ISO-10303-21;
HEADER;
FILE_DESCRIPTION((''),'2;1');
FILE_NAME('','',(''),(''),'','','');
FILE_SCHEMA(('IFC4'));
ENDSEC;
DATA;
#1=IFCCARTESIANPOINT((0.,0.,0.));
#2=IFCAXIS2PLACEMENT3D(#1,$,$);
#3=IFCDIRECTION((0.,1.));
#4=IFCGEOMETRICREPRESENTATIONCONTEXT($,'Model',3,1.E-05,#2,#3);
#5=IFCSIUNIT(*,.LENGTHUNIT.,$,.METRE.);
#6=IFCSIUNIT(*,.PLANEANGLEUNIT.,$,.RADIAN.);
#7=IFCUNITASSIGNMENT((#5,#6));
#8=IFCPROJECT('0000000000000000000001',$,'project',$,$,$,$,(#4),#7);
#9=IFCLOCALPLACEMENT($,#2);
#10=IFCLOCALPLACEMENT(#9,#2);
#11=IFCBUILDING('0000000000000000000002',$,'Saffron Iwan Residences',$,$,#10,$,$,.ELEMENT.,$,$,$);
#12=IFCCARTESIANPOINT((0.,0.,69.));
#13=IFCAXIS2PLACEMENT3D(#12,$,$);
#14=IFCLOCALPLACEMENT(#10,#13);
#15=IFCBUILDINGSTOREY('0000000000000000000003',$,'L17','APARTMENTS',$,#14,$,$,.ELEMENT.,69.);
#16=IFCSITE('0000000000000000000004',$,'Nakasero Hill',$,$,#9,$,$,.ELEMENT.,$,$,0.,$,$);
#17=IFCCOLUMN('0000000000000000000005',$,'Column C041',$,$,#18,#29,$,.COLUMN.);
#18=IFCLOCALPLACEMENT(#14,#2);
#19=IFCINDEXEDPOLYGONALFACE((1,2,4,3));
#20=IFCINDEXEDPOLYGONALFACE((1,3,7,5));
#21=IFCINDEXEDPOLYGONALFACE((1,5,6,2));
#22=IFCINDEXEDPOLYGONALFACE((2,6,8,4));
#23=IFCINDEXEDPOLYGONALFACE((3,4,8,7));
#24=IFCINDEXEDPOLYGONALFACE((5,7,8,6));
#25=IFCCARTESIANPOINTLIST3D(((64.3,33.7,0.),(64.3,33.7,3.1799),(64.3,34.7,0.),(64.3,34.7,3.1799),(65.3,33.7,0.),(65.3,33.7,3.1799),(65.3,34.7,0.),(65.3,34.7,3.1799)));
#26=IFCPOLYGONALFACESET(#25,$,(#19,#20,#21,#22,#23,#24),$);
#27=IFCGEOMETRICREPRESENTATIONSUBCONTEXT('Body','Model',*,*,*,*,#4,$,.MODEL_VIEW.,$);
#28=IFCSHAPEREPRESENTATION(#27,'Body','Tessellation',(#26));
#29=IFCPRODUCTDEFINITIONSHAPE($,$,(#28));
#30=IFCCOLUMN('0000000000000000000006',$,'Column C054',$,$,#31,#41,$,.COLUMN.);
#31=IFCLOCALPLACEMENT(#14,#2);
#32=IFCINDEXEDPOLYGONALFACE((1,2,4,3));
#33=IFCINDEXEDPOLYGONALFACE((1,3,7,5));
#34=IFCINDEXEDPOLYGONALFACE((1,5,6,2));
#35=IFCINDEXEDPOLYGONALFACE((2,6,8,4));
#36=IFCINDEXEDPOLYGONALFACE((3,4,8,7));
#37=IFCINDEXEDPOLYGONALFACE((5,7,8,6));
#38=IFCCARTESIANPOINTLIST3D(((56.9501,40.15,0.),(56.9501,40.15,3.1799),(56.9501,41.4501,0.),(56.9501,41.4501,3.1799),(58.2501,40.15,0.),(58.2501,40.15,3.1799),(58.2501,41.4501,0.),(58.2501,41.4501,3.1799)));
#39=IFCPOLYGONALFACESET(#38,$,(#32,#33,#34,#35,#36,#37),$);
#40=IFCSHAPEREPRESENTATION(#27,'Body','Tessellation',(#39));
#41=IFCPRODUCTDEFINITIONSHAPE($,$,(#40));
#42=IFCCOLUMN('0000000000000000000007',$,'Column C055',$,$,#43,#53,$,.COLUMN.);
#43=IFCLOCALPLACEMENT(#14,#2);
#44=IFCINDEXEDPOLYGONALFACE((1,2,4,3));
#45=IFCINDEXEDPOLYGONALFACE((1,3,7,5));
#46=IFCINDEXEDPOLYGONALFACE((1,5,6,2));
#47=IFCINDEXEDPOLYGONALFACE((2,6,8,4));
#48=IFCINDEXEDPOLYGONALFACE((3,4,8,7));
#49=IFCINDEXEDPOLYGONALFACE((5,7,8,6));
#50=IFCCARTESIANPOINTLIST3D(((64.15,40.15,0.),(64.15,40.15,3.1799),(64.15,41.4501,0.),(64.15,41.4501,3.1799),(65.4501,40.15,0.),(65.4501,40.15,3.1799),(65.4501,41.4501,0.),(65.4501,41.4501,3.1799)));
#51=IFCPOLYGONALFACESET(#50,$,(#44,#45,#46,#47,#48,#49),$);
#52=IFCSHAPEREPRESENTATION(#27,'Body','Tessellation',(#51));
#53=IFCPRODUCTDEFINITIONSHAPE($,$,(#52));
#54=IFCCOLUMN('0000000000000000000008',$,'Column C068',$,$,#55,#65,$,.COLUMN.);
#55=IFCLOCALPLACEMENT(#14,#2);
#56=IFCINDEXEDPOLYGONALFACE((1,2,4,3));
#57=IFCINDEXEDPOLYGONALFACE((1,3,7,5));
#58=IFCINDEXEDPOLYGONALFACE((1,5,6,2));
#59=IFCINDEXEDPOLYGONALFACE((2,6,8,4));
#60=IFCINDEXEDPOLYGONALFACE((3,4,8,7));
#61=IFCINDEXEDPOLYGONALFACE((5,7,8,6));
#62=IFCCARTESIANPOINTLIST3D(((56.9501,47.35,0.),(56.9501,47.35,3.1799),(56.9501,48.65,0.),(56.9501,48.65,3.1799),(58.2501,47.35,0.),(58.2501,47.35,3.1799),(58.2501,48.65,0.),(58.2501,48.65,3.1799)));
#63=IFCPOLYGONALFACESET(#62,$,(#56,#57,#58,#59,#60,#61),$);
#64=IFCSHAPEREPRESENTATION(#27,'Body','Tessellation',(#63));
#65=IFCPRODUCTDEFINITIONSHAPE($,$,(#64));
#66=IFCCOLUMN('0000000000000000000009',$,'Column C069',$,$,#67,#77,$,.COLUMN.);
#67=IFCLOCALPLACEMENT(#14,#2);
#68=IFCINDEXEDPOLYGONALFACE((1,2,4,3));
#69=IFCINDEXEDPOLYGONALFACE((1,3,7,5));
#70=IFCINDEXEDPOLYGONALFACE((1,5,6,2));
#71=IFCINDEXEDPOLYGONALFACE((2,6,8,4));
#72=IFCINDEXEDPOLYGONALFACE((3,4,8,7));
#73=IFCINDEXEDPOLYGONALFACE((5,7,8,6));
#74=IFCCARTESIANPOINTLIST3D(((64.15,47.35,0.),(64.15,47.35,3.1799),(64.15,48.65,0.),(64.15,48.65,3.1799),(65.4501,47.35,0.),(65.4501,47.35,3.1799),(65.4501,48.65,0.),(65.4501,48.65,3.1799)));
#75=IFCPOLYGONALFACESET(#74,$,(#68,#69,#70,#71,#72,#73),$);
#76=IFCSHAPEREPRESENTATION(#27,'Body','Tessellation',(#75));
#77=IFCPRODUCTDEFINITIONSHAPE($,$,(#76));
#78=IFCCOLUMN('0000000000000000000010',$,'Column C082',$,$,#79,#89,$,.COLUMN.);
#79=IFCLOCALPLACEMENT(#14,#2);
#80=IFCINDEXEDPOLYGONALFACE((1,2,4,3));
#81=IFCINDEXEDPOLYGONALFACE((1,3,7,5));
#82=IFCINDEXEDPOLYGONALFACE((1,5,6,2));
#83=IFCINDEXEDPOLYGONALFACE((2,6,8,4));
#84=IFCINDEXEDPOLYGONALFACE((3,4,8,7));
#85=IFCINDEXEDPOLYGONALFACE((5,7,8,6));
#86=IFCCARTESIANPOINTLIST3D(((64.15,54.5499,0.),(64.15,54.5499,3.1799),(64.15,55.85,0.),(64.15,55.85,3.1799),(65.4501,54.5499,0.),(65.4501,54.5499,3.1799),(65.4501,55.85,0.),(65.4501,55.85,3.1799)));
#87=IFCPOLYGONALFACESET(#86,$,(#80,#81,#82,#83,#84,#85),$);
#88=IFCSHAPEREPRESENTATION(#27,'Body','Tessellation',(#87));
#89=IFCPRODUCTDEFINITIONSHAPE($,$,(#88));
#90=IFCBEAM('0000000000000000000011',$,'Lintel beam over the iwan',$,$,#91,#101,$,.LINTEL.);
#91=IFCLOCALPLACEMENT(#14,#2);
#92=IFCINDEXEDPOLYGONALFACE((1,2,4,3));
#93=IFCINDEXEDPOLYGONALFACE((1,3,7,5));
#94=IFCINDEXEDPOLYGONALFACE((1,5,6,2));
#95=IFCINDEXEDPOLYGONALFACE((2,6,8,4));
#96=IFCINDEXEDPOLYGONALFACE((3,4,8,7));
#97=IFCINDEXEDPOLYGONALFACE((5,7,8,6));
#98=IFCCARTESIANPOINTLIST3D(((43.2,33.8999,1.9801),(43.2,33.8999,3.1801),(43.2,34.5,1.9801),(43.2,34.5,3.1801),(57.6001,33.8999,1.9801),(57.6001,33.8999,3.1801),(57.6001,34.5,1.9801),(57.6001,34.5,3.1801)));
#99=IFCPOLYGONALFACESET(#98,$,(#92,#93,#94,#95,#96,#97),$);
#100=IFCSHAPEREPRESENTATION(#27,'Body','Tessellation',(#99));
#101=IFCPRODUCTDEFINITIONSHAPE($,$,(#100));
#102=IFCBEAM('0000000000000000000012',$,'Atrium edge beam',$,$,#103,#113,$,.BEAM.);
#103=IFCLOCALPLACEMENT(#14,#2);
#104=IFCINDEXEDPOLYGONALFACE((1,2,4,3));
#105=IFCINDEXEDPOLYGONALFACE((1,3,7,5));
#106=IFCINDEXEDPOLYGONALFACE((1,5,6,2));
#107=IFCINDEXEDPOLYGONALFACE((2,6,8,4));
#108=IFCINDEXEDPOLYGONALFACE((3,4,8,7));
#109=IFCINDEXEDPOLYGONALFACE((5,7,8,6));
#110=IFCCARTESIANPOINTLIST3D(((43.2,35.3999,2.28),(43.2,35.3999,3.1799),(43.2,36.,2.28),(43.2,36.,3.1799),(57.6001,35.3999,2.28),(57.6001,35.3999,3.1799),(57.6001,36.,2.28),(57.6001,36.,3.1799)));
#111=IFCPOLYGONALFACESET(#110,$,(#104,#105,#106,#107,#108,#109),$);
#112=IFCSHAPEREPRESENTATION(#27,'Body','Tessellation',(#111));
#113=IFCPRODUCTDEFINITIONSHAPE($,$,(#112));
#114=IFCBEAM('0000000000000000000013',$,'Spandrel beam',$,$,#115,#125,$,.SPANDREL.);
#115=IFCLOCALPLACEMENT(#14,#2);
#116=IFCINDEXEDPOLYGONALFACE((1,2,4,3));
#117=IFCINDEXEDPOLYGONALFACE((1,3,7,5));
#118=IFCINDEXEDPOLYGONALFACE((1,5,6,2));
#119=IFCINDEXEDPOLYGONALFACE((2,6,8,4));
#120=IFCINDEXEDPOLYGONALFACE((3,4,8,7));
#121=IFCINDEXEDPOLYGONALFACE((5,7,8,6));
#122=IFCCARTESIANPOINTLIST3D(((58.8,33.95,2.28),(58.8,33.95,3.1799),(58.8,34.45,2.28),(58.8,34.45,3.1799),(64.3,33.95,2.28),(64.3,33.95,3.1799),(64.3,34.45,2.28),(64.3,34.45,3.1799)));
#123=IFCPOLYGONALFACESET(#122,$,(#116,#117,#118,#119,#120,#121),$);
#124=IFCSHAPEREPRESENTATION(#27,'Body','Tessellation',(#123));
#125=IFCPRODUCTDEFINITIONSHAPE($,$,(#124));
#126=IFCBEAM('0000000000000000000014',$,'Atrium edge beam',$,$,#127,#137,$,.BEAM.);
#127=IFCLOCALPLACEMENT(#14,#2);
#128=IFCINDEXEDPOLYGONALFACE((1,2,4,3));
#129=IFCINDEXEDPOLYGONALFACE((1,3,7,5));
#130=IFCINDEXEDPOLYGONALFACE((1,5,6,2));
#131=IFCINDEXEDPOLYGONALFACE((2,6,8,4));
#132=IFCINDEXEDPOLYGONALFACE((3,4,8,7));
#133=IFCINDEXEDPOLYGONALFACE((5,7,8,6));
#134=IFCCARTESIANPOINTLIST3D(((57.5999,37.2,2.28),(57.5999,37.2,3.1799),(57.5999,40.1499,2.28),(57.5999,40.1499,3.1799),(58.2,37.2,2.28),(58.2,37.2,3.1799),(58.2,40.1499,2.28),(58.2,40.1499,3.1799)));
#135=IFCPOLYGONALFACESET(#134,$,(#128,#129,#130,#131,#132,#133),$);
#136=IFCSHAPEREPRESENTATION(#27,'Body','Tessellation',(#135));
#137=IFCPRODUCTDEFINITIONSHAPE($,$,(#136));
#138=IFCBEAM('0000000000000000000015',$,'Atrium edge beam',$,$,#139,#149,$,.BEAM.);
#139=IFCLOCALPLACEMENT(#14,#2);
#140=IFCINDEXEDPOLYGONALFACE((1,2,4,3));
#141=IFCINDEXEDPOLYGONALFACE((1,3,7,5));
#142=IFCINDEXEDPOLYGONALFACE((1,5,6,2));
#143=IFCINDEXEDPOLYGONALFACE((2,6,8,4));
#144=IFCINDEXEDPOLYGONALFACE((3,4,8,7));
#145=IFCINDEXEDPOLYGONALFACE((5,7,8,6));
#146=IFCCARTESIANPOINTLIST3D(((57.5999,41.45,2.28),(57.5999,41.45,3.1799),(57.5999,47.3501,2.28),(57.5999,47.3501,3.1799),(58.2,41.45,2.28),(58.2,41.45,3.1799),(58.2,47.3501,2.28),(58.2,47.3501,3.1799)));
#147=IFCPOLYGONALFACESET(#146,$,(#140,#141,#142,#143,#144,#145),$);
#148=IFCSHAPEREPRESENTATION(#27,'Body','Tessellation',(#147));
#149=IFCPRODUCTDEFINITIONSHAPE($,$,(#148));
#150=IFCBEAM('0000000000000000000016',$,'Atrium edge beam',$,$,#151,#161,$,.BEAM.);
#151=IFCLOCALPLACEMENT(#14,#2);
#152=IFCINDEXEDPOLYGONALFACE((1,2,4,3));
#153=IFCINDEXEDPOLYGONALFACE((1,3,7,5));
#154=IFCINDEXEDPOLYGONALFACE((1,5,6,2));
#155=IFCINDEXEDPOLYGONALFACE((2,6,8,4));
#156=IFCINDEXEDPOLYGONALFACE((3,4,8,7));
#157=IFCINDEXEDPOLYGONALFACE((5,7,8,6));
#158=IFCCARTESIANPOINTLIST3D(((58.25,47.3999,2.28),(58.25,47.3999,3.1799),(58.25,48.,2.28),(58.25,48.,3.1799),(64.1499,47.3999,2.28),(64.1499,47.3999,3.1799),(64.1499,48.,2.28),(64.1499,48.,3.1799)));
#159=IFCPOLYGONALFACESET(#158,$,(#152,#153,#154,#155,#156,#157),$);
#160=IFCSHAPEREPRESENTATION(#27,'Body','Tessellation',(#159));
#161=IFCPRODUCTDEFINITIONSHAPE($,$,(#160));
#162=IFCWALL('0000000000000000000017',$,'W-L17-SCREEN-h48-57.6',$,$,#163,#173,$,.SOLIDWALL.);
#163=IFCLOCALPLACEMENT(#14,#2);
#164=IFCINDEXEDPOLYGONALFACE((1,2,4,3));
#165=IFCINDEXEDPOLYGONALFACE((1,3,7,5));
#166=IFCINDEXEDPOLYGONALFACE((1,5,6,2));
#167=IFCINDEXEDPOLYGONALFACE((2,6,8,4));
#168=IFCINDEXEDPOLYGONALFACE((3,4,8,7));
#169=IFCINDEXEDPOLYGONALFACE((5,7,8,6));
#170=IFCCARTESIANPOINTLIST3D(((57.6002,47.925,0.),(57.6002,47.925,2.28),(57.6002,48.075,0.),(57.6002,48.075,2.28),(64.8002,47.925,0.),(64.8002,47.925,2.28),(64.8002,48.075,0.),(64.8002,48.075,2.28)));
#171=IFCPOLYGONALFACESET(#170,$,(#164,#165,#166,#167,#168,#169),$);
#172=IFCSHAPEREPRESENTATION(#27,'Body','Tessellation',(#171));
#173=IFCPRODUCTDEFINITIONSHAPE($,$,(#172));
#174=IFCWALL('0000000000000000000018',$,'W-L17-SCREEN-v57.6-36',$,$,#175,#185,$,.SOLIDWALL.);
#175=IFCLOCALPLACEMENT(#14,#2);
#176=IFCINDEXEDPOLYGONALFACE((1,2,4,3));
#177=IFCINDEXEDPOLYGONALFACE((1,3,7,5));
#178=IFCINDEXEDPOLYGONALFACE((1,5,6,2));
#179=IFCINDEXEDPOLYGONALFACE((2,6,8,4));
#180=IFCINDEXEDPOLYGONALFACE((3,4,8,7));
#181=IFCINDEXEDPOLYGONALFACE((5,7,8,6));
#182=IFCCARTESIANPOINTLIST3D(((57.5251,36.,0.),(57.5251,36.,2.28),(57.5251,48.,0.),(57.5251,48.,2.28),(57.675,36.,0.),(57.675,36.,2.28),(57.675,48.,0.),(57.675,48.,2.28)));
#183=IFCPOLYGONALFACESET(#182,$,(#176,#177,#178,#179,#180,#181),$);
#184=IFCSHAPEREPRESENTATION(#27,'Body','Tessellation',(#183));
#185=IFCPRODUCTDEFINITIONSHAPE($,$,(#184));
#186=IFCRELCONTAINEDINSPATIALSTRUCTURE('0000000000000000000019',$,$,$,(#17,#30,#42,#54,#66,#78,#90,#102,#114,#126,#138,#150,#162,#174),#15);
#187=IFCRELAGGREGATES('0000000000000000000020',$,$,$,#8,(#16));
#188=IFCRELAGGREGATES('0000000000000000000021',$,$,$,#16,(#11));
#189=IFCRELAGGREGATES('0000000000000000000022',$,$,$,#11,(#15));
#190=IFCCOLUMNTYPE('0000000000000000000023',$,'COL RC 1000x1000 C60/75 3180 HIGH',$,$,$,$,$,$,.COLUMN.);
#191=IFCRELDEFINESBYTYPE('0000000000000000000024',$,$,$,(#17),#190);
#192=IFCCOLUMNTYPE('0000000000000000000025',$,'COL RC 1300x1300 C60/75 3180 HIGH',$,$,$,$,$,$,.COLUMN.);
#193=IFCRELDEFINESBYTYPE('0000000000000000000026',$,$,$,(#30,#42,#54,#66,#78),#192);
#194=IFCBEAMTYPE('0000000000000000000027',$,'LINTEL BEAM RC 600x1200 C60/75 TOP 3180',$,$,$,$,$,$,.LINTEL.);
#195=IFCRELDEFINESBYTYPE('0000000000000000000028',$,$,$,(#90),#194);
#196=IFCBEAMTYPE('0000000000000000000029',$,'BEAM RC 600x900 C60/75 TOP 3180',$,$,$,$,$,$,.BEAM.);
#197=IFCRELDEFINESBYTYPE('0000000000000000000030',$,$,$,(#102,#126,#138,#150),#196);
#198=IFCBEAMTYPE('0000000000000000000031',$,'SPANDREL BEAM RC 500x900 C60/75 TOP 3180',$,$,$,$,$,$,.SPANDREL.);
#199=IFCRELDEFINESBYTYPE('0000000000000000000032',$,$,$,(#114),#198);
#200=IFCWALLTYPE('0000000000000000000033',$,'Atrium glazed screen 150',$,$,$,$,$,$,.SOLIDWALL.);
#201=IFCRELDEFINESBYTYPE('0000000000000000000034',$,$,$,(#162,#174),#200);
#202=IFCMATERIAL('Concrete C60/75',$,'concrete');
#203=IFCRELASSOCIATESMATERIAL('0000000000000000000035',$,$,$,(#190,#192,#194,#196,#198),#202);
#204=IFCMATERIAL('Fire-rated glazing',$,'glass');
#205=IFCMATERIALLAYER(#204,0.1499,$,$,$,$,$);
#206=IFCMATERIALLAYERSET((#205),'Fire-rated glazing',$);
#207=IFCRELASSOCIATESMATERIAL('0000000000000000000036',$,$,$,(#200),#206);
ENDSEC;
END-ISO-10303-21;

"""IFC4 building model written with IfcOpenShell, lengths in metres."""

from ifc_helpers import new_model, si_unit, direction, frame, frame_2d, origin, origin_2d, place, context, subcontext, project, spatial, rectangle, extrude, source, transform, mapped, material, layer, layer_set, material_profile, profile_set, type_object, element, save


model = new_model("IFC4")

# Units and contexts
model_context = context("Model", 3, precision=1e-05, world=origin(), true_north=direction((0.0, 1.0)))
body_context = subcontext(model_context, "Body", "Model", "MODEL_VIEW")
ifc_project = project(units=[si_unit("LENGTHUNIT", "METRE"), si_unit("PLANEANGLEUNIT", "RADIAN")], contexts=[model_context])

# Site, building, storey
site_placement = place(None, origin())
site = spatial("IfcSite", under=ifc_project, at=site_placement, Name="Nakasero Hill", CompositionType="ELEMENT", RefElevation=0.0)
building_placement = place(site_placement, origin())
building = spatial("IfcBuilding", under=site, at=building_placement, Name="Saffron Iwan Residences", CompositionType="ELEMENT")
storey_placement = place(building_placement, frame((0.0, 0.0, 69.0)))
storey = spatial("IfcBuildingStorey", under=building, at=storey_placement, Name="L17", Description="APARTMENTS", CompositionType="ELEMENT", Elevation=69.0)

# Columns
ifc_material_1 = material(Name="Concrete C60/75", Category="concrete")
ifc_material_profile_1 = material_profile(ifc_material_1, rectangle(XDim=1.0, YDim=1.0, at=origin_2d()), Name="RC 1000x1000")
ifc_profile_set_1 = profile_set([ifc_material_profile_1], Name="Concrete C60/75")
column_type_1 = type_object("IfcColumnType", Name="COL RC 1000x1000 C60/75 3180 HIGH", PredefinedType="COLUMN", material=ifc_profile_set_1)
shared_shape_1 = source(origin(), body_context, "Body", "SweptSolid", [
    extrude(rectangle(XDim=1.0, YDim=1.0, at=origin_2d()), origin(), (0.0, 0.0, 1.0), 3.1799),
])
column_placement = place(storey_placement, frame((64.8, 34.2, 0.0), z_axis=(0.0, 0.0, 1.0), x_axis=(1.0, 0.0, 0.0)))
element("IfcColumn", 1, at=column_placement, inside=storey, type_object=column_type_1, Name="Column C041", PredefinedType="COLUMN", context=body_context, shape_type="MappedRepresentation", body=[
    mapped(shared_shape_1, transform((0.0, 0.0, 0.0))),
])
ifc_material_profile_2 = material_profile(ifc_material_1, rectangle(XDim=1.3, YDim=1.3, at=origin_2d()), Name="RC 1300x1300")
ifc_profile_set_2 = profile_set([ifc_material_profile_2], Name="Concrete C60/75")
column_type_2 = type_object("IfcColumnType", Name="COL RC 1300x1300 C60/75 3180 HIGH", PredefinedType="COLUMN", material=ifc_profile_set_2)
shared_shape_2 = source(origin(), body_context, "Body", "SweptSolid", [
    extrude(rectangle(XDim=1.3, YDim=1.3, at=origin_2d()), origin(), (0.0, 0.0, 1.0), 3.1799),
])
for number, where, z_axis, x_axis, name in (
    (2, (57.6001, 40.8, 0.0), (0.0, 0.0, 1.0), (1.0, 0.0, 0.0), "Column C054"),
    (3, (64.8, 40.8, 0.0), (0.0, 0.0, 1.0), (1.0, 0.0, 0.0), "Column C055"),
    (4, (57.6001, 48.0, 0.0), (0.0, 0.0, 1.0), (1.0, 0.0, 0.0), "Column C068"),
    (5, (64.8, 48.0, 0.0), (0.0, 0.0, 1.0), (1.0, 0.0, 0.0), "Column C069"),
    (6, (64.8, 55.2, 0.0), (0.0, 0.0, 1.0), (1.0, 0.0, 0.0), "Column C082"),
):
    element("IfcColumn", number, at=place(storey_placement, frame(where, z_axis=z_axis, x_axis=x_axis)), inside=storey, type_object=column_type_2, Name=name, PredefinedType="COLUMN", context=body_context, shape_type="MappedRepresentation", body=[
        mapped(shared_shape_2, transform((0.0, 0.0, 0.0))),
    ])

# Beams
ifc_material_profile_3 = material_profile(ifc_material_1, rectangle(XDim=0.6001, YDim=1.2, at=origin_2d()), Name="RC 600x1200")
ifc_profile_set_3 = profile_set([ifc_material_profile_3], Name="Concrete C60/75")
beam_type_1 = type_object("IfcBeamType", Name="LINTEL BEAM RC 600x1200 C60/75 TOP 3180", PredefinedType="LINTEL", material=ifc_profile_set_3)
shared_shape_3 = source(origin(), body_context, "Body", "SweptSolid", [
    extrude(rectangle(XDim=0.6001, YDim=1.2, at=origin_2d()), origin(), (0.0, 0.0, 1.0), 14.4001),
])
beam_1_placement = place(storey_placement, frame((57.6001, 34.2, 2.5801), z_axis=(-1.0, 0.0, 0.0), x_axis=(0.0, -1.0, 0.0)))
element("IfcBeam", 7, at=beam_1_placement, inside=storey, type_object=beam_type_1, Name="Lintel beam over the iwan", PredefinedType="LINTEL", context=body_context, shape_type="MappedRepresentation", body=[
    mapped(shared_shape_3, transform((0.0, 0.0, 0.0))),
])
ifc_material_profile_4 = material_profile(ifc_material_1, rectangle(XDim=0.6001, YDim=0.8999, at=origin_2d()), Name="RC 600x900")
ifc_profile_set_4 = profile_set([ifc_material_profile_4], Name="Concrete C60/75")
beam_type_2 = type_object("IfcBeamType", Name="BEAM RC 600x900 C60/75 TOP 3180", PredefinedType="BEAM", material=ifc_profile_set_4)
shared_shape_4 = source(origin(), body_context, "Body", "SweptSolid", [
    extrude(rectangle(XDim=0.6001, YDim=0.8999, at=origin_2d()), origin(), (0.0, 0.0, 1.0), 14.4001),
])
beam_2_placement = place(storey_placement, frame((57.6001, 35.7, 2.73), z_axis=(-1.0, 0.0, 0.0), x_axis=(0.0, -1.0, 0.0)))
element("IfcBeam", 8, at=beam_2_placement, inside=storey, type_object=beam_type_2, Name="Atrium edge beam", PredefinedType="BEAM", context=body_context, shape_type="MappedRepresentation", body=[
    mapped(shared_shape_4, transform((0.0, 0.0, 0.0))),
])
ifc_material_profile_5 = material_profile(ifc_material_1, rectangle(XDim=0.5, YDim=0.8999, at=origin_2d()), Name="RC 500x900")
ifc_profile_set_5 = profile_set([ifc_material_profile_5], Name="Concrete C60/75")
beam_type_3 = type_object("IfcBeamType", Name="SPANDREL BEAM RC 500x900 C60/75 TOP 3180", PredefinedType="SPANDREL", material=ifc_profile_set_5)
shared_shape_5 = source(origin(), body_context, "Body", "SweptSolid", [
    extrude(rectangle(XDim=0.5, YDim=0.8999, at=origin_2d()), origin(), (0.0, 0.0, 1.0), 5.5),
])
beam_3_placement = place(storey_placement, frame((64.3, 34.2, 2.73), z_axis=(-1.0, 0.0, 0.0), x_axis=(0.0, -1.0, 0.0)))
element("IfcBeam", 9, at=beam_3_placement, inside=storey, type_object=beam_type_3, Name="Spandrel beam", PredefinedType="SPANDREL", context=body_context, shape_type="MappedRepresentation", body=[
    mapped(shared_shape_5, transform((0.0, 0.0, 0.0))),
])
shared_shape_6 = source(origin(), body_context, "Body", "SweptSolid", [
    extrude(rectangle(XDim=0.6001, YDim=0.8999, at=origin_2d()), origin(), (0.0, 0.0, 1.0), 2.95),
])
beam_4_placement = place(storey_placement, frame((57.8999, 40.1499, 2.73), z_axis=(0.0, -1.0, 0.0), x_axis=(1.0, 0.0, 0.0)))
element("IfcBeam", 10, at=beam_4_placement, inside=storey, type_object=beam_type_2, Name="Atrium edge beam", PredefinedType="BEAM", context=body_context, shape_type="MappedRepresentation", body=[
    mapped(shared_shape_6, transform((0.0, 0.0, 0.0))),
])
shared_shape_7 = source(origin(), body_context, "Body", "SweptSolid", [
    extrude(rectangle(XDim=0.6001, YDim=0.8999, at=origin_2d()), origin(), (0.0, 0.0, 1.0), 5.9001),
])
beam_5_placement = place(storey_placement, frame((57.8999, 47.3501, 2.73), z_axis=(0.0, -1.0, 0.0), x_axis=(1.0, 0.0, 0.0)))
element("IfcBeam", 11, at=beam_5_placement, inside=storey, type_object=beam_type_2, Name="Atrium edge beam", PredefinedType="BEAM", context=body_context, shape_type="MappedRepresentation", body=[
    mapped(shared_shape_7, transform((0.0, 0.0, 0.0))),
])
shared_shape_8 = source(origin(), body_context, "Body", "SweptSolid", [
    extrude(rectangle(XDim=0.6001, YDim=0.8999, at=origin_2d()), origin(), (0.0, 0.0, 1.0), 5.8999),
])
beam_6_placement = place(storey_placement, frame((64.1499, 47.7, 2.73), z_axis=(-1.0, 0.0, 0.0), x_axis=(0.0, -1.0, 0.0)))
element("IfcBeam", 12, at=beam_6_placement, inside=storey, type_object=beam_type_2, Name="Atrium edge beam", PredefinedType="BEAM", context=body_context, shape_type="MappedRepresentation", body=[
    mapped(shared_shape_8, transform((0.0, 0.0, 0.0))),
])

# Walls
ifc_material_2 = material(Name="Fire-rated glazing", Category="glass")
ifc_layer_1 = layer(ifc_material_2, 0.1499)
ifc_layer_set_1 = layer_set([ifc_layer_1], Name="Fire-rated glazing")
wall_type_1 = type_object("IfcWallType", Name="Atrium glazed screen 150", PredefinedType="SOLIDWALL", material=ifc_layer_set_1)
wall_1_placement = place(storey_placement, frame((57.6001, 48.0, 0.0), z_axis=(0.0, 0.0, 1.0), x_axis=(1.0, 0.0, 0.0)))
element("IfcWall", 13, at=wall_1_placement, inside=storey, type_object=wall_type_1, Name="W-L17-SCREEN-h48-57.6", PredefinedType="SOLIDWALL", context=body_context, shape_type="SweptSolid", body=[
    extrude(rectangle(XDim=7.2, YDim=0.1499, at=frame_2d((3.6001, 0.0))), origin(), (0.0, 0.0, 1.0), 2.28),
])
wall_2_placement = place(storey_placement, frame((57.6001, 36.0, 0.0), z_axis=(0.0, 0.0, 1.0), x_axis=(0.0, 1.0, 0.0)))
element("IfcWall", 14, at=wall_2_placement, inside=storey, type_object=wall_type_1, Name="W-L17-SCREEN-v57.6-36", PredefinedType="SOLIDWALL", context=body_context, shape_type="SweptSolid", body=[
    extrude(rectangle(XDim=12.0, YDim=0.1499, at=frame_2d((6.0, 0.0))), origin(), (0.0, 0.0, 1.0), 2.28),
])

save(model, "model.ifc")
